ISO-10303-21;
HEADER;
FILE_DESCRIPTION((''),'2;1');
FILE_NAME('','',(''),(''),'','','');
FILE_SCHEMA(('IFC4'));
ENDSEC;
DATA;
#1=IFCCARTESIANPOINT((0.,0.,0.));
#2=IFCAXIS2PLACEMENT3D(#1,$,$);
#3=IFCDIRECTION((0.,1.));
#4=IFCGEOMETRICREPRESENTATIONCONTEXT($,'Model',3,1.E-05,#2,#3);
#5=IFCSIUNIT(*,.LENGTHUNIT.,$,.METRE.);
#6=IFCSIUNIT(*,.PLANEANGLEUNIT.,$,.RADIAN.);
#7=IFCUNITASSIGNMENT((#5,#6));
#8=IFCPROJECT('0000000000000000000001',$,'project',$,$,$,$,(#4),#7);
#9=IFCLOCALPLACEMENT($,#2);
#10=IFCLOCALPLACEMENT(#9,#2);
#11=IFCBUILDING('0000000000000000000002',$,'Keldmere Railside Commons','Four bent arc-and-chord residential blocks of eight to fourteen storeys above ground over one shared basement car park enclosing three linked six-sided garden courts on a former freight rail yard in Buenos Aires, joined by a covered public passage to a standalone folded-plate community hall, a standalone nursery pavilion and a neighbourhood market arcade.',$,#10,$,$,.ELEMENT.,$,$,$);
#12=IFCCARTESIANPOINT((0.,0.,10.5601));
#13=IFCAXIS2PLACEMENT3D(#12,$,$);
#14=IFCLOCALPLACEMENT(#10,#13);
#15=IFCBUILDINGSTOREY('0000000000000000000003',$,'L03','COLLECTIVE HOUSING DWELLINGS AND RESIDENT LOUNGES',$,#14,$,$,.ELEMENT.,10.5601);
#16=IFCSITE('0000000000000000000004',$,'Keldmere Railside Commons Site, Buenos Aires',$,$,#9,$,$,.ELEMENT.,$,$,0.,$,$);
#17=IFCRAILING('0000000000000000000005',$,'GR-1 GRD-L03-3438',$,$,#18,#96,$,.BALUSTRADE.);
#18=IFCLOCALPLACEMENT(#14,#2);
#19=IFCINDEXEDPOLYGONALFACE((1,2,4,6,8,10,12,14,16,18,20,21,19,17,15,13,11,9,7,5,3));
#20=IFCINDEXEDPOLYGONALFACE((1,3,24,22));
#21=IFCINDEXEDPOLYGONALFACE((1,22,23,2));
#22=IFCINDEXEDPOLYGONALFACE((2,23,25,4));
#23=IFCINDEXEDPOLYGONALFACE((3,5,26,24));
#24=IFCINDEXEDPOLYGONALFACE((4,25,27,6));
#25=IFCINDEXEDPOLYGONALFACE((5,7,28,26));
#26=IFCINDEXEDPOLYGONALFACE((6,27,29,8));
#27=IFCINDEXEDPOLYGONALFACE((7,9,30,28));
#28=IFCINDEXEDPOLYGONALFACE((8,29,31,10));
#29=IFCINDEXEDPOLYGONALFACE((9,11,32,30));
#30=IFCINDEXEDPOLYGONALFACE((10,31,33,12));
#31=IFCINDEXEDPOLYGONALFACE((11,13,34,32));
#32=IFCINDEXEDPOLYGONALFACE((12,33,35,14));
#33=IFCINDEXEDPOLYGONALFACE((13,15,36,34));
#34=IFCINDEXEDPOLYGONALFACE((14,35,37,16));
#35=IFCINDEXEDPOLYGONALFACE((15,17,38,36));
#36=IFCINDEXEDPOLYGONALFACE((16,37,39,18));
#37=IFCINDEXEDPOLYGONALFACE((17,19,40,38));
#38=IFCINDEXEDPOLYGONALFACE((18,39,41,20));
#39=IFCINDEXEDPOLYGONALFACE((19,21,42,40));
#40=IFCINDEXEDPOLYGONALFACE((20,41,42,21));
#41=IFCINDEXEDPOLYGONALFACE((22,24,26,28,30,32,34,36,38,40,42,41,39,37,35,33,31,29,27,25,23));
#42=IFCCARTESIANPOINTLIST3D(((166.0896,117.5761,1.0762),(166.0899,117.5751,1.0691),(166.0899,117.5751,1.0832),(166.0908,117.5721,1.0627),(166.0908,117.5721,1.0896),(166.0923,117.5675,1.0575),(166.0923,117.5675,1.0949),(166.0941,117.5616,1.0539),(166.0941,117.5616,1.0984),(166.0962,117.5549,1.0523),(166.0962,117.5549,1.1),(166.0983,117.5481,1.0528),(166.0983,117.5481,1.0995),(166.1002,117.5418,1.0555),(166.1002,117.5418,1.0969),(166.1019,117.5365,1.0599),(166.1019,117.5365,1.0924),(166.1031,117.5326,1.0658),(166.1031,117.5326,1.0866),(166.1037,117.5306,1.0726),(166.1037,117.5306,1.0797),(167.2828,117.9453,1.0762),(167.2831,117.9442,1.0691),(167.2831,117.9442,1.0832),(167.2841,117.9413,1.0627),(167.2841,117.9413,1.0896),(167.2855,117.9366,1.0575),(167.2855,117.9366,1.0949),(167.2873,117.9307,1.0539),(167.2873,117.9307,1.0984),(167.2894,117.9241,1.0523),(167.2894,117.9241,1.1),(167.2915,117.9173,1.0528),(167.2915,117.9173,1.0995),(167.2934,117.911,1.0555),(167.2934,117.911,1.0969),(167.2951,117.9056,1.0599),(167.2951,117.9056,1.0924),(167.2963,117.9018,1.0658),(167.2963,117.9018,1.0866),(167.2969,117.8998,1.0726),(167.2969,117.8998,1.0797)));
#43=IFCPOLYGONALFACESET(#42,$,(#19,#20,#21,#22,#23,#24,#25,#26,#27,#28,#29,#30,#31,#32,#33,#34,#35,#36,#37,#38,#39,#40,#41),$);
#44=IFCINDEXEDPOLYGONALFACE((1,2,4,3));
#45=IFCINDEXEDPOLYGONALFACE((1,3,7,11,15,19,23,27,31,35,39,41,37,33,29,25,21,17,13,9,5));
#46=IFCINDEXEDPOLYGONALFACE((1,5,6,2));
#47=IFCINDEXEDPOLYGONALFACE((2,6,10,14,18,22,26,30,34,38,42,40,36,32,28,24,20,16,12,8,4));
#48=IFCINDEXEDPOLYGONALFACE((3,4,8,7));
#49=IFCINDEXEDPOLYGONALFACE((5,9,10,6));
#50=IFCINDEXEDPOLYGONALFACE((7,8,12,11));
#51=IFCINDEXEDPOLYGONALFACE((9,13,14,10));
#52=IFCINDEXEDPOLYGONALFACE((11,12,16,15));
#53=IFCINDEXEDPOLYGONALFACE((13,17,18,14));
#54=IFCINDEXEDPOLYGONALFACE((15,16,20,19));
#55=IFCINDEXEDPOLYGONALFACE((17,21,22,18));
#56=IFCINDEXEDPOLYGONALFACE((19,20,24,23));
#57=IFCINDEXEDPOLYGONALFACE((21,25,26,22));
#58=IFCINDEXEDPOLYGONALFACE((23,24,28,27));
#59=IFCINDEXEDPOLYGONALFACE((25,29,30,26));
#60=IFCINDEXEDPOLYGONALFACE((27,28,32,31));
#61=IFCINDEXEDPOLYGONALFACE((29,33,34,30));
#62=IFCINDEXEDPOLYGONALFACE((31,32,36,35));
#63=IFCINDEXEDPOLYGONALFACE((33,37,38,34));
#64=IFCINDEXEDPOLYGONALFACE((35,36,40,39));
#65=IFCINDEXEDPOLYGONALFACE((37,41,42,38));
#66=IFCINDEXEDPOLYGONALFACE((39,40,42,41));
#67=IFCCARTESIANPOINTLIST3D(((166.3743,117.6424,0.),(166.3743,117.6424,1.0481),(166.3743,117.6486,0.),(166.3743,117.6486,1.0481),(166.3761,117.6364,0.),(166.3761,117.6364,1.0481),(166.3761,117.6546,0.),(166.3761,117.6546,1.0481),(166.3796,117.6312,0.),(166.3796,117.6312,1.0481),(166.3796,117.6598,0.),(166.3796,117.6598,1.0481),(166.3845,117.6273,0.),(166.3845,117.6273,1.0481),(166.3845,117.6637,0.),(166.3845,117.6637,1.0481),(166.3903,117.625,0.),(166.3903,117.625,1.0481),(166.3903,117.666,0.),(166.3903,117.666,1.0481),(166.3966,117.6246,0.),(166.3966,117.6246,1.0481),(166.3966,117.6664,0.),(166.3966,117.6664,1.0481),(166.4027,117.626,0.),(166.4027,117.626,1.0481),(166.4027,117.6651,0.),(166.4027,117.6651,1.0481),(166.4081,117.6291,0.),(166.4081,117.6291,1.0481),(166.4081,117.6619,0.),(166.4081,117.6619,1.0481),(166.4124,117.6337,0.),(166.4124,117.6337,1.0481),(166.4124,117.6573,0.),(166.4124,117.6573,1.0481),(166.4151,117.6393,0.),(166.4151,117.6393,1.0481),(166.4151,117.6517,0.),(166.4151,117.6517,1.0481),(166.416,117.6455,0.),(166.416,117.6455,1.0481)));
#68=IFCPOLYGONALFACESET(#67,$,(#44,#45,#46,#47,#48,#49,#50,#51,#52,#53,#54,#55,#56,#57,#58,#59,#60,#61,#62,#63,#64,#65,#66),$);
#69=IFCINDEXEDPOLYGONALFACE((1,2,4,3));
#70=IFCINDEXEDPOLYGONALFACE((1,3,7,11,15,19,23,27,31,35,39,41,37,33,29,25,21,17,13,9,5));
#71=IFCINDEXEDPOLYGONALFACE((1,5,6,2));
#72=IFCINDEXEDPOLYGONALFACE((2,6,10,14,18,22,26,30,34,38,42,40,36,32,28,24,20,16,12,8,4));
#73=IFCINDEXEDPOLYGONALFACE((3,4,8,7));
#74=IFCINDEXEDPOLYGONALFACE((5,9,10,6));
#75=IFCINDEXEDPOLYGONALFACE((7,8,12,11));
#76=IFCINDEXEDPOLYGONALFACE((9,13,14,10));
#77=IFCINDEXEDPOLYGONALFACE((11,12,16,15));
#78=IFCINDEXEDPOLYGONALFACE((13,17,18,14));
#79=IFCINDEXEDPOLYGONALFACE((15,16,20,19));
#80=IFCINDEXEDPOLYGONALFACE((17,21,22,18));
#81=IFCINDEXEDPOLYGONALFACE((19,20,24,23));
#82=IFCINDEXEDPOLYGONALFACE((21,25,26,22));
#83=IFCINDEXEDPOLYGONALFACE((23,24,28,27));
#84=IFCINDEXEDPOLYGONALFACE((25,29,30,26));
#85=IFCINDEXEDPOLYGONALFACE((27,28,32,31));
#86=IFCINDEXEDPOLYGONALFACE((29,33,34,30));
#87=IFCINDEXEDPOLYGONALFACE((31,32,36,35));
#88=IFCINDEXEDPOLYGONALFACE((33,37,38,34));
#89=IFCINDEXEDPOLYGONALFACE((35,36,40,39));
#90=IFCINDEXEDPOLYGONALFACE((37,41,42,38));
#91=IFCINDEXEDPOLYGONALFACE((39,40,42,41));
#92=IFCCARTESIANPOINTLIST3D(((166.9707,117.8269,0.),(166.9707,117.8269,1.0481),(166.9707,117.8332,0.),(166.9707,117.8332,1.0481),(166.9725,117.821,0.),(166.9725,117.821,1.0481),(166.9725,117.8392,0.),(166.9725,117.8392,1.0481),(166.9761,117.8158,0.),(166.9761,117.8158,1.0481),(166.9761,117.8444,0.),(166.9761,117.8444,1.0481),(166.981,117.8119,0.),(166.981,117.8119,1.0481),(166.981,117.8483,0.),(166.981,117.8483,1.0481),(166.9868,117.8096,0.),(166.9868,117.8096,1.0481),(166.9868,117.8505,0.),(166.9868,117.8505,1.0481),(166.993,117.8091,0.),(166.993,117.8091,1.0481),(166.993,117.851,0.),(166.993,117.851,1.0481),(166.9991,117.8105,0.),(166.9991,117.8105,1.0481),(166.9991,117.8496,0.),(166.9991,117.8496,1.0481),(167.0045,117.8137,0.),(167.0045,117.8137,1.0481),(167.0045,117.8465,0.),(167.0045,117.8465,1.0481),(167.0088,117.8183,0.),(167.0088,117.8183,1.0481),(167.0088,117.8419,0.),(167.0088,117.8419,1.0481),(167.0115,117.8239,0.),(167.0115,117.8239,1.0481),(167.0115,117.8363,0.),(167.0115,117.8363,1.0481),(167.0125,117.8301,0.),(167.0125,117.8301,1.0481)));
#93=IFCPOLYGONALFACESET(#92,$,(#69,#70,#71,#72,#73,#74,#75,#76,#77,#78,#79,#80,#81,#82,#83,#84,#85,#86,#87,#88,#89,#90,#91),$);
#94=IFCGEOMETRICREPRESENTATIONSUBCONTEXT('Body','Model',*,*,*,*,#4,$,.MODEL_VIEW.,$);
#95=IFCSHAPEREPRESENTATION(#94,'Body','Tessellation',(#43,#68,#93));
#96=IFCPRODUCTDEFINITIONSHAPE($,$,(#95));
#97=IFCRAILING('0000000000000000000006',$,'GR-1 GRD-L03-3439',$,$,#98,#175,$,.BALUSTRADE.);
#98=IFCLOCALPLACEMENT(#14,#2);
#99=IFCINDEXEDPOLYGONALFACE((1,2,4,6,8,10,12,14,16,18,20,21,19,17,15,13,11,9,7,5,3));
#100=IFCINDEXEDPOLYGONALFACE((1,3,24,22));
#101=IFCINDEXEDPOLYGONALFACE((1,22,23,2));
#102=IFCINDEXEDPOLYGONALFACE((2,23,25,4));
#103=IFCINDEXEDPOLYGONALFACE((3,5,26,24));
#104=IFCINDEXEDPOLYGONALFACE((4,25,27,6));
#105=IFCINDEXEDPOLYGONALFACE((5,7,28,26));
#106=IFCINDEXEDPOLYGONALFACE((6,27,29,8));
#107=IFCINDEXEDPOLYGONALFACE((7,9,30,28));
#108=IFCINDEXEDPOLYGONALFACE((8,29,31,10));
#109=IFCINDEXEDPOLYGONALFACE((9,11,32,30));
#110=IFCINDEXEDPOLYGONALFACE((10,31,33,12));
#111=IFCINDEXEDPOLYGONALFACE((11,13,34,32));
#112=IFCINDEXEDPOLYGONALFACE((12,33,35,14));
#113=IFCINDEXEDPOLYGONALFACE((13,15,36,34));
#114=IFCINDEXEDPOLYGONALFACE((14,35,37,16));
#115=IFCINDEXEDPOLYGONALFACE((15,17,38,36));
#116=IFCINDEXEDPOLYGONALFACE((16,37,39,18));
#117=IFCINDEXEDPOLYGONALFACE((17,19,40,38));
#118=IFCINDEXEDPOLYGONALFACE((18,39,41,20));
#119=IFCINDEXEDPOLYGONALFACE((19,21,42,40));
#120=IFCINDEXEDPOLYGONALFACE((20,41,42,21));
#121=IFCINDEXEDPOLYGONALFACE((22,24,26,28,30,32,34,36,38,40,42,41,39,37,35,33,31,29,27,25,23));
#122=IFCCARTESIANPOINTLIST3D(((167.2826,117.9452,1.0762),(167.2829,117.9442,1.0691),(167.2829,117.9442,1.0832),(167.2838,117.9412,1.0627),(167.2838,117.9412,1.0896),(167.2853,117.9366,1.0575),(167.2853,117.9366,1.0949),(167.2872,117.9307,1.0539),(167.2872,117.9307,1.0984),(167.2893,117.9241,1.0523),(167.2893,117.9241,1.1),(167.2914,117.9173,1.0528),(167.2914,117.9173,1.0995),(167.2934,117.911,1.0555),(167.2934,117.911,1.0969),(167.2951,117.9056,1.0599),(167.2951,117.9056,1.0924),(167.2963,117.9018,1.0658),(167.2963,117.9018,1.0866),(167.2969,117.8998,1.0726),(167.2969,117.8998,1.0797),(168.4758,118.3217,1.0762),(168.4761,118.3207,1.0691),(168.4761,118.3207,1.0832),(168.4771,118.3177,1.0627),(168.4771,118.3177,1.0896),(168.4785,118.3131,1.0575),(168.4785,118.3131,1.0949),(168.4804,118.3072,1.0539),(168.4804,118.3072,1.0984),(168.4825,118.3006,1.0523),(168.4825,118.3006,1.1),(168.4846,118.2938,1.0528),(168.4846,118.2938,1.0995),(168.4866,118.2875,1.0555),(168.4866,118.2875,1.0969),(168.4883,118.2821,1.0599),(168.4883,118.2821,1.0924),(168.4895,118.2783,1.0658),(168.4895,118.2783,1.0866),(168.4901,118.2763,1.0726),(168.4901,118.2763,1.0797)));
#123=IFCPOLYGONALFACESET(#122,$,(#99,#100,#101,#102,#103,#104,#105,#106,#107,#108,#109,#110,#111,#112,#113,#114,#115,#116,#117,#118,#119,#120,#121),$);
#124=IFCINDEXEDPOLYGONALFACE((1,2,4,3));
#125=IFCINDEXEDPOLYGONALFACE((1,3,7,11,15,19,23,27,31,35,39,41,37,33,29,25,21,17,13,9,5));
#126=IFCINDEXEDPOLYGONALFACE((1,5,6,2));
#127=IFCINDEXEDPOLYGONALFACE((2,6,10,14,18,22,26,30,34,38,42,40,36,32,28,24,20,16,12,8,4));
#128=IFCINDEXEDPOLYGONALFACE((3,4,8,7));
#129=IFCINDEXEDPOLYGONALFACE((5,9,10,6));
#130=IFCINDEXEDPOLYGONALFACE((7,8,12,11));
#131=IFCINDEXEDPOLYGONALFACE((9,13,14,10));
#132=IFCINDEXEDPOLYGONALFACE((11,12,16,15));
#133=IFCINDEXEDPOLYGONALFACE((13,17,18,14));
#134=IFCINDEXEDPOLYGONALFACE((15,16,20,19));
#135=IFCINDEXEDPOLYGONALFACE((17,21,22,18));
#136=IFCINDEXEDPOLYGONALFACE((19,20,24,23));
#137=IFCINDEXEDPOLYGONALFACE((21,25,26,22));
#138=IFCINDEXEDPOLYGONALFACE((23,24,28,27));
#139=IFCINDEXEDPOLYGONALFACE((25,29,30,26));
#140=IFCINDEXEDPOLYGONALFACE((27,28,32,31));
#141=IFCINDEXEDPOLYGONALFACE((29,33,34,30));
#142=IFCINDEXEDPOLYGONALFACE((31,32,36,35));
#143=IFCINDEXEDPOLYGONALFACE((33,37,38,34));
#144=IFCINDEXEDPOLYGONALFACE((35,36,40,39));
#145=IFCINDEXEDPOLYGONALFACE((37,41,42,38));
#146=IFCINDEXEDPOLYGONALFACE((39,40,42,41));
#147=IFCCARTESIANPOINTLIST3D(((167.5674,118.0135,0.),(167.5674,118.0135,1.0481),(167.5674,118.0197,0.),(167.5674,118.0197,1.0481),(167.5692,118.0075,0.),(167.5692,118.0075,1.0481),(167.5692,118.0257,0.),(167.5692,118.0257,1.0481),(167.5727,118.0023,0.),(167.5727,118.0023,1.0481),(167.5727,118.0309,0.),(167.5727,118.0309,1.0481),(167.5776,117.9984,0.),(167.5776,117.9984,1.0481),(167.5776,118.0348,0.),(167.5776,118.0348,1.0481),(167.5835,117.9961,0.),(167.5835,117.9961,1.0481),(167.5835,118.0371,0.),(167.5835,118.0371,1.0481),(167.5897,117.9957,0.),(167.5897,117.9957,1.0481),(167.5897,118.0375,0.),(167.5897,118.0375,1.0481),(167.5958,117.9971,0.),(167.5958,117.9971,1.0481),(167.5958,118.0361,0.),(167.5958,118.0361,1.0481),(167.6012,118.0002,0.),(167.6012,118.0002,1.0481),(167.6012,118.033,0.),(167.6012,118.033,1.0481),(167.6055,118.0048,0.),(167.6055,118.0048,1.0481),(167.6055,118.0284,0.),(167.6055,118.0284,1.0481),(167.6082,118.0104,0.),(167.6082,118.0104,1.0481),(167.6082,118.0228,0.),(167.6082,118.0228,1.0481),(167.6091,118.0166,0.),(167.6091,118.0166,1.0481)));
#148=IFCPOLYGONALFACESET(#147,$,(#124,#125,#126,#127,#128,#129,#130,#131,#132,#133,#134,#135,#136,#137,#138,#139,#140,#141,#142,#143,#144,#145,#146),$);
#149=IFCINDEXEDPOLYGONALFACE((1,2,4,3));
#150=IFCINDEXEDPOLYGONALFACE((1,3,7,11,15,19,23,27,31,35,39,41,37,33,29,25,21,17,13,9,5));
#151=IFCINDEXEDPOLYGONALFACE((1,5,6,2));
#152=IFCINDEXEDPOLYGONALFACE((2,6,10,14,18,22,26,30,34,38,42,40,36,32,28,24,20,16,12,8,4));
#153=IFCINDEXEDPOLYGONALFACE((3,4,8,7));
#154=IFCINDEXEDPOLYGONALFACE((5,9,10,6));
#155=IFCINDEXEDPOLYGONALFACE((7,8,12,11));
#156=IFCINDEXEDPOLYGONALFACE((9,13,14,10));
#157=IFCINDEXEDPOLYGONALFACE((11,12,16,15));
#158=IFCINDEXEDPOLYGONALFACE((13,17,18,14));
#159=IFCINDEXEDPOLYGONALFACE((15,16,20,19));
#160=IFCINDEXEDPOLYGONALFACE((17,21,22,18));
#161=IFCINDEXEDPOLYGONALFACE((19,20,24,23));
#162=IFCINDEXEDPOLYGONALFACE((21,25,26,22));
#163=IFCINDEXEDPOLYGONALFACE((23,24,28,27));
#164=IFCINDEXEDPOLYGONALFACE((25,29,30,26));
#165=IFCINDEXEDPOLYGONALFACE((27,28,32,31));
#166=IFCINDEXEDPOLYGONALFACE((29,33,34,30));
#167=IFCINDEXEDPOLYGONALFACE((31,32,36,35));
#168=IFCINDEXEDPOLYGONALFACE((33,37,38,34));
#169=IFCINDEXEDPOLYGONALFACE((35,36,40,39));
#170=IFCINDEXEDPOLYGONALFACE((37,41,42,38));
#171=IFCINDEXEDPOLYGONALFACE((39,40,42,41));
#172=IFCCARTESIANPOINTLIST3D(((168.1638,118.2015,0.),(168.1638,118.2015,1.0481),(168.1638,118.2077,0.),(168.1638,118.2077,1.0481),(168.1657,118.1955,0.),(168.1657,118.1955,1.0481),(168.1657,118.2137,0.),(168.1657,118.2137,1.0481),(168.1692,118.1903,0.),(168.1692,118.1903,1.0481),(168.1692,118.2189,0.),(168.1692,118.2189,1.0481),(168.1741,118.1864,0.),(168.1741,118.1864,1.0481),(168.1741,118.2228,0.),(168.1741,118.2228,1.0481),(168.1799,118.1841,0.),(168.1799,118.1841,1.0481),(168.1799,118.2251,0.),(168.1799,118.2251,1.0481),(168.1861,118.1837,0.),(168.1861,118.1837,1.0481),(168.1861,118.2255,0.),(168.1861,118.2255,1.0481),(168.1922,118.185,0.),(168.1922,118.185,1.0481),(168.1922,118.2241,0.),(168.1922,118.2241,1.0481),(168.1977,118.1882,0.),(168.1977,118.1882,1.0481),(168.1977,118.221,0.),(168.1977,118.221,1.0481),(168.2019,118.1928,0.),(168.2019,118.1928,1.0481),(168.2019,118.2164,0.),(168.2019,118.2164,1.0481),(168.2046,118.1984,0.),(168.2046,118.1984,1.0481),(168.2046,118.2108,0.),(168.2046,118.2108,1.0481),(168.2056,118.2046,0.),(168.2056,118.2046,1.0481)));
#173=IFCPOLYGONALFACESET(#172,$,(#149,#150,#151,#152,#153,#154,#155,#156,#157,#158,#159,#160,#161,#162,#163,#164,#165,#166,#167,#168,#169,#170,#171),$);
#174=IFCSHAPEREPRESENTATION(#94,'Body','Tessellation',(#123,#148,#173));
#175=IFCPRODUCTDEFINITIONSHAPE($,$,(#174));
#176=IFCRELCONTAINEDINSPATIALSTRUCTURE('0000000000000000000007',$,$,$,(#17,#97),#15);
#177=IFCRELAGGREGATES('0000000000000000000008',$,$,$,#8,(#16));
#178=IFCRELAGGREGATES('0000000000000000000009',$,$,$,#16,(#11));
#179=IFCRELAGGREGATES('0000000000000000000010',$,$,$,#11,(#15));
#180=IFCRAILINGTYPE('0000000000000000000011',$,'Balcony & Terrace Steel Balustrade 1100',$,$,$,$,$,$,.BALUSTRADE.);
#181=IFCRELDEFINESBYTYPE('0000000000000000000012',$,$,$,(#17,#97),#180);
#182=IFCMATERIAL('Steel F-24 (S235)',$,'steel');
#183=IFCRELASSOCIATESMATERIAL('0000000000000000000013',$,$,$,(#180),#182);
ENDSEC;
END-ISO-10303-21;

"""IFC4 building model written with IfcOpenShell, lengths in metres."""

from ifc_helpers import new_model, si_unit, direction, frame, origin, origin_2d, place, context, subcontext, project, spatial, circle, extrude, material, type_object, element, save


model = new_model("IFC4")

# Units and contexts
model_context = context("Model", 3, precision=1e-05, world=origin(), true_north=direction((0.0, 1.0)))
body_context = subcontext(model_context, "Body", "Model", "MODEL_VIEW")
ifc_project = project(units=[si_unit("LENGTHUNIT", "METRE"), si_unit("PLANEANGLEUNIT", "RADIAN")], contexts=[model_context])

# Site, building, storey
site_placement = place(None, origin())
site = spatial("IfcSite", under=ifc_project, at=site_placement, Name="Keldmere Railside Commons Site, Buenos Aires", CompositionType="ELEMENT", RefElevation=0.0)
building_placement = place(site_placement, origin())
building = spatial("IfcBuilding", under=site, at=building_placement, Name="Keldmere Railside Commons", Description="Four bent arc-and-chord residential blocks of eight to fourteen storeys above ground over one shared basement car park enclosing three linked six-sided garden courts on a former freight rail yard in Buenos Aires, joined by a covered public passage to a standalone folded-plate community hall, a standalone nursery pavilion and a neighbourhood market arcade.", CompositionType="ELEMENT")
storey_placement = place(building_placement, frame((0.0, 0.0, 10.5601)))
storey = spatial("IfcBuildingStorey", under=building, at=storey_placement, Name="L03", Description="COLLECTIVE HOUSING DWELLINGS AND RESIDENT LOUNGES", CompositionType="ELEMENT", Elevation=10.5601)

# Railings
ifc_material_1 = material(Name="Steel F-24 (S235)", Category="steel")
railing_type = type_object("IfcRailingType", Name="Balcony & Terrace Steel Balustrade 1100", PredefinedType="BALUSTRADE", material=ifc_material_1)
railing_1_placement = place(storey_placement, frame((166.0967, 117.5532, 0.0)))
element("IfcRailing", 1, at=railing_1_placement, inside=storey, type_object=railing_type, Name="GR-1 GRD-L03-3438", PredefinedType="BALUSTRADE", context=body_context, shape_type="SweptSolid", body=[
    extrude(circle(Radius=0.0239, at=origin_2d()), frame((0.0, 0.0, 1.0762), z_axis=(0.955321, 0.295569, 0.0), x_axis=(-0.295569, 0.955321, 0.0)), (0.0, 0.0, 1.0), 1.249),
    extrude(circle(Radius=0.021, at=origin_2d()), frame((0.2983, 0.0923, 0.0)), (0.0, 0.0, 1.0), 1.0481),
    extrude(circle(Radius=0.021, at=origin_2d()), frame((0.8948, 0.2769, 0.0)), (0.0, 0.0, 1.0), 1.0481),
])
railing_2_placement = place(storey_placement, frame((167.2898, 117.9224, 0.0)))
element("IfcRailing", 2, at=railing_2_placement, inside=storey, type_object=railing_type, Name="GR-1 GRD-L03-3439", PredefinedType="BALUSTRADE", context=body_context, shape_type="SweptSolid", body=[
    extrude(circle(Radius=0.0239, at=origin_2d()), frame((0.0, 0.0, 1.0762), z_axis=(0.953653, 0.300907, 0.0), x_axis=(-0.300907, 0.953653, 0.0)), (0.0, 0.0, 1.0), 1.2512),
    extrude(circle(Radius=0.021, at=origin_2d()), frame((0.2983, 0.0942, 0.0)), (0.0, 0.0, 1.0), 1.0481),
    extrude(circle(Radius=0.021, at=origin_2d()), frame((0.8948, 0.2822, 0.0)), (0.0, 0.0, 1.0), 1.0481),
])

save(model, "model.ifc")
